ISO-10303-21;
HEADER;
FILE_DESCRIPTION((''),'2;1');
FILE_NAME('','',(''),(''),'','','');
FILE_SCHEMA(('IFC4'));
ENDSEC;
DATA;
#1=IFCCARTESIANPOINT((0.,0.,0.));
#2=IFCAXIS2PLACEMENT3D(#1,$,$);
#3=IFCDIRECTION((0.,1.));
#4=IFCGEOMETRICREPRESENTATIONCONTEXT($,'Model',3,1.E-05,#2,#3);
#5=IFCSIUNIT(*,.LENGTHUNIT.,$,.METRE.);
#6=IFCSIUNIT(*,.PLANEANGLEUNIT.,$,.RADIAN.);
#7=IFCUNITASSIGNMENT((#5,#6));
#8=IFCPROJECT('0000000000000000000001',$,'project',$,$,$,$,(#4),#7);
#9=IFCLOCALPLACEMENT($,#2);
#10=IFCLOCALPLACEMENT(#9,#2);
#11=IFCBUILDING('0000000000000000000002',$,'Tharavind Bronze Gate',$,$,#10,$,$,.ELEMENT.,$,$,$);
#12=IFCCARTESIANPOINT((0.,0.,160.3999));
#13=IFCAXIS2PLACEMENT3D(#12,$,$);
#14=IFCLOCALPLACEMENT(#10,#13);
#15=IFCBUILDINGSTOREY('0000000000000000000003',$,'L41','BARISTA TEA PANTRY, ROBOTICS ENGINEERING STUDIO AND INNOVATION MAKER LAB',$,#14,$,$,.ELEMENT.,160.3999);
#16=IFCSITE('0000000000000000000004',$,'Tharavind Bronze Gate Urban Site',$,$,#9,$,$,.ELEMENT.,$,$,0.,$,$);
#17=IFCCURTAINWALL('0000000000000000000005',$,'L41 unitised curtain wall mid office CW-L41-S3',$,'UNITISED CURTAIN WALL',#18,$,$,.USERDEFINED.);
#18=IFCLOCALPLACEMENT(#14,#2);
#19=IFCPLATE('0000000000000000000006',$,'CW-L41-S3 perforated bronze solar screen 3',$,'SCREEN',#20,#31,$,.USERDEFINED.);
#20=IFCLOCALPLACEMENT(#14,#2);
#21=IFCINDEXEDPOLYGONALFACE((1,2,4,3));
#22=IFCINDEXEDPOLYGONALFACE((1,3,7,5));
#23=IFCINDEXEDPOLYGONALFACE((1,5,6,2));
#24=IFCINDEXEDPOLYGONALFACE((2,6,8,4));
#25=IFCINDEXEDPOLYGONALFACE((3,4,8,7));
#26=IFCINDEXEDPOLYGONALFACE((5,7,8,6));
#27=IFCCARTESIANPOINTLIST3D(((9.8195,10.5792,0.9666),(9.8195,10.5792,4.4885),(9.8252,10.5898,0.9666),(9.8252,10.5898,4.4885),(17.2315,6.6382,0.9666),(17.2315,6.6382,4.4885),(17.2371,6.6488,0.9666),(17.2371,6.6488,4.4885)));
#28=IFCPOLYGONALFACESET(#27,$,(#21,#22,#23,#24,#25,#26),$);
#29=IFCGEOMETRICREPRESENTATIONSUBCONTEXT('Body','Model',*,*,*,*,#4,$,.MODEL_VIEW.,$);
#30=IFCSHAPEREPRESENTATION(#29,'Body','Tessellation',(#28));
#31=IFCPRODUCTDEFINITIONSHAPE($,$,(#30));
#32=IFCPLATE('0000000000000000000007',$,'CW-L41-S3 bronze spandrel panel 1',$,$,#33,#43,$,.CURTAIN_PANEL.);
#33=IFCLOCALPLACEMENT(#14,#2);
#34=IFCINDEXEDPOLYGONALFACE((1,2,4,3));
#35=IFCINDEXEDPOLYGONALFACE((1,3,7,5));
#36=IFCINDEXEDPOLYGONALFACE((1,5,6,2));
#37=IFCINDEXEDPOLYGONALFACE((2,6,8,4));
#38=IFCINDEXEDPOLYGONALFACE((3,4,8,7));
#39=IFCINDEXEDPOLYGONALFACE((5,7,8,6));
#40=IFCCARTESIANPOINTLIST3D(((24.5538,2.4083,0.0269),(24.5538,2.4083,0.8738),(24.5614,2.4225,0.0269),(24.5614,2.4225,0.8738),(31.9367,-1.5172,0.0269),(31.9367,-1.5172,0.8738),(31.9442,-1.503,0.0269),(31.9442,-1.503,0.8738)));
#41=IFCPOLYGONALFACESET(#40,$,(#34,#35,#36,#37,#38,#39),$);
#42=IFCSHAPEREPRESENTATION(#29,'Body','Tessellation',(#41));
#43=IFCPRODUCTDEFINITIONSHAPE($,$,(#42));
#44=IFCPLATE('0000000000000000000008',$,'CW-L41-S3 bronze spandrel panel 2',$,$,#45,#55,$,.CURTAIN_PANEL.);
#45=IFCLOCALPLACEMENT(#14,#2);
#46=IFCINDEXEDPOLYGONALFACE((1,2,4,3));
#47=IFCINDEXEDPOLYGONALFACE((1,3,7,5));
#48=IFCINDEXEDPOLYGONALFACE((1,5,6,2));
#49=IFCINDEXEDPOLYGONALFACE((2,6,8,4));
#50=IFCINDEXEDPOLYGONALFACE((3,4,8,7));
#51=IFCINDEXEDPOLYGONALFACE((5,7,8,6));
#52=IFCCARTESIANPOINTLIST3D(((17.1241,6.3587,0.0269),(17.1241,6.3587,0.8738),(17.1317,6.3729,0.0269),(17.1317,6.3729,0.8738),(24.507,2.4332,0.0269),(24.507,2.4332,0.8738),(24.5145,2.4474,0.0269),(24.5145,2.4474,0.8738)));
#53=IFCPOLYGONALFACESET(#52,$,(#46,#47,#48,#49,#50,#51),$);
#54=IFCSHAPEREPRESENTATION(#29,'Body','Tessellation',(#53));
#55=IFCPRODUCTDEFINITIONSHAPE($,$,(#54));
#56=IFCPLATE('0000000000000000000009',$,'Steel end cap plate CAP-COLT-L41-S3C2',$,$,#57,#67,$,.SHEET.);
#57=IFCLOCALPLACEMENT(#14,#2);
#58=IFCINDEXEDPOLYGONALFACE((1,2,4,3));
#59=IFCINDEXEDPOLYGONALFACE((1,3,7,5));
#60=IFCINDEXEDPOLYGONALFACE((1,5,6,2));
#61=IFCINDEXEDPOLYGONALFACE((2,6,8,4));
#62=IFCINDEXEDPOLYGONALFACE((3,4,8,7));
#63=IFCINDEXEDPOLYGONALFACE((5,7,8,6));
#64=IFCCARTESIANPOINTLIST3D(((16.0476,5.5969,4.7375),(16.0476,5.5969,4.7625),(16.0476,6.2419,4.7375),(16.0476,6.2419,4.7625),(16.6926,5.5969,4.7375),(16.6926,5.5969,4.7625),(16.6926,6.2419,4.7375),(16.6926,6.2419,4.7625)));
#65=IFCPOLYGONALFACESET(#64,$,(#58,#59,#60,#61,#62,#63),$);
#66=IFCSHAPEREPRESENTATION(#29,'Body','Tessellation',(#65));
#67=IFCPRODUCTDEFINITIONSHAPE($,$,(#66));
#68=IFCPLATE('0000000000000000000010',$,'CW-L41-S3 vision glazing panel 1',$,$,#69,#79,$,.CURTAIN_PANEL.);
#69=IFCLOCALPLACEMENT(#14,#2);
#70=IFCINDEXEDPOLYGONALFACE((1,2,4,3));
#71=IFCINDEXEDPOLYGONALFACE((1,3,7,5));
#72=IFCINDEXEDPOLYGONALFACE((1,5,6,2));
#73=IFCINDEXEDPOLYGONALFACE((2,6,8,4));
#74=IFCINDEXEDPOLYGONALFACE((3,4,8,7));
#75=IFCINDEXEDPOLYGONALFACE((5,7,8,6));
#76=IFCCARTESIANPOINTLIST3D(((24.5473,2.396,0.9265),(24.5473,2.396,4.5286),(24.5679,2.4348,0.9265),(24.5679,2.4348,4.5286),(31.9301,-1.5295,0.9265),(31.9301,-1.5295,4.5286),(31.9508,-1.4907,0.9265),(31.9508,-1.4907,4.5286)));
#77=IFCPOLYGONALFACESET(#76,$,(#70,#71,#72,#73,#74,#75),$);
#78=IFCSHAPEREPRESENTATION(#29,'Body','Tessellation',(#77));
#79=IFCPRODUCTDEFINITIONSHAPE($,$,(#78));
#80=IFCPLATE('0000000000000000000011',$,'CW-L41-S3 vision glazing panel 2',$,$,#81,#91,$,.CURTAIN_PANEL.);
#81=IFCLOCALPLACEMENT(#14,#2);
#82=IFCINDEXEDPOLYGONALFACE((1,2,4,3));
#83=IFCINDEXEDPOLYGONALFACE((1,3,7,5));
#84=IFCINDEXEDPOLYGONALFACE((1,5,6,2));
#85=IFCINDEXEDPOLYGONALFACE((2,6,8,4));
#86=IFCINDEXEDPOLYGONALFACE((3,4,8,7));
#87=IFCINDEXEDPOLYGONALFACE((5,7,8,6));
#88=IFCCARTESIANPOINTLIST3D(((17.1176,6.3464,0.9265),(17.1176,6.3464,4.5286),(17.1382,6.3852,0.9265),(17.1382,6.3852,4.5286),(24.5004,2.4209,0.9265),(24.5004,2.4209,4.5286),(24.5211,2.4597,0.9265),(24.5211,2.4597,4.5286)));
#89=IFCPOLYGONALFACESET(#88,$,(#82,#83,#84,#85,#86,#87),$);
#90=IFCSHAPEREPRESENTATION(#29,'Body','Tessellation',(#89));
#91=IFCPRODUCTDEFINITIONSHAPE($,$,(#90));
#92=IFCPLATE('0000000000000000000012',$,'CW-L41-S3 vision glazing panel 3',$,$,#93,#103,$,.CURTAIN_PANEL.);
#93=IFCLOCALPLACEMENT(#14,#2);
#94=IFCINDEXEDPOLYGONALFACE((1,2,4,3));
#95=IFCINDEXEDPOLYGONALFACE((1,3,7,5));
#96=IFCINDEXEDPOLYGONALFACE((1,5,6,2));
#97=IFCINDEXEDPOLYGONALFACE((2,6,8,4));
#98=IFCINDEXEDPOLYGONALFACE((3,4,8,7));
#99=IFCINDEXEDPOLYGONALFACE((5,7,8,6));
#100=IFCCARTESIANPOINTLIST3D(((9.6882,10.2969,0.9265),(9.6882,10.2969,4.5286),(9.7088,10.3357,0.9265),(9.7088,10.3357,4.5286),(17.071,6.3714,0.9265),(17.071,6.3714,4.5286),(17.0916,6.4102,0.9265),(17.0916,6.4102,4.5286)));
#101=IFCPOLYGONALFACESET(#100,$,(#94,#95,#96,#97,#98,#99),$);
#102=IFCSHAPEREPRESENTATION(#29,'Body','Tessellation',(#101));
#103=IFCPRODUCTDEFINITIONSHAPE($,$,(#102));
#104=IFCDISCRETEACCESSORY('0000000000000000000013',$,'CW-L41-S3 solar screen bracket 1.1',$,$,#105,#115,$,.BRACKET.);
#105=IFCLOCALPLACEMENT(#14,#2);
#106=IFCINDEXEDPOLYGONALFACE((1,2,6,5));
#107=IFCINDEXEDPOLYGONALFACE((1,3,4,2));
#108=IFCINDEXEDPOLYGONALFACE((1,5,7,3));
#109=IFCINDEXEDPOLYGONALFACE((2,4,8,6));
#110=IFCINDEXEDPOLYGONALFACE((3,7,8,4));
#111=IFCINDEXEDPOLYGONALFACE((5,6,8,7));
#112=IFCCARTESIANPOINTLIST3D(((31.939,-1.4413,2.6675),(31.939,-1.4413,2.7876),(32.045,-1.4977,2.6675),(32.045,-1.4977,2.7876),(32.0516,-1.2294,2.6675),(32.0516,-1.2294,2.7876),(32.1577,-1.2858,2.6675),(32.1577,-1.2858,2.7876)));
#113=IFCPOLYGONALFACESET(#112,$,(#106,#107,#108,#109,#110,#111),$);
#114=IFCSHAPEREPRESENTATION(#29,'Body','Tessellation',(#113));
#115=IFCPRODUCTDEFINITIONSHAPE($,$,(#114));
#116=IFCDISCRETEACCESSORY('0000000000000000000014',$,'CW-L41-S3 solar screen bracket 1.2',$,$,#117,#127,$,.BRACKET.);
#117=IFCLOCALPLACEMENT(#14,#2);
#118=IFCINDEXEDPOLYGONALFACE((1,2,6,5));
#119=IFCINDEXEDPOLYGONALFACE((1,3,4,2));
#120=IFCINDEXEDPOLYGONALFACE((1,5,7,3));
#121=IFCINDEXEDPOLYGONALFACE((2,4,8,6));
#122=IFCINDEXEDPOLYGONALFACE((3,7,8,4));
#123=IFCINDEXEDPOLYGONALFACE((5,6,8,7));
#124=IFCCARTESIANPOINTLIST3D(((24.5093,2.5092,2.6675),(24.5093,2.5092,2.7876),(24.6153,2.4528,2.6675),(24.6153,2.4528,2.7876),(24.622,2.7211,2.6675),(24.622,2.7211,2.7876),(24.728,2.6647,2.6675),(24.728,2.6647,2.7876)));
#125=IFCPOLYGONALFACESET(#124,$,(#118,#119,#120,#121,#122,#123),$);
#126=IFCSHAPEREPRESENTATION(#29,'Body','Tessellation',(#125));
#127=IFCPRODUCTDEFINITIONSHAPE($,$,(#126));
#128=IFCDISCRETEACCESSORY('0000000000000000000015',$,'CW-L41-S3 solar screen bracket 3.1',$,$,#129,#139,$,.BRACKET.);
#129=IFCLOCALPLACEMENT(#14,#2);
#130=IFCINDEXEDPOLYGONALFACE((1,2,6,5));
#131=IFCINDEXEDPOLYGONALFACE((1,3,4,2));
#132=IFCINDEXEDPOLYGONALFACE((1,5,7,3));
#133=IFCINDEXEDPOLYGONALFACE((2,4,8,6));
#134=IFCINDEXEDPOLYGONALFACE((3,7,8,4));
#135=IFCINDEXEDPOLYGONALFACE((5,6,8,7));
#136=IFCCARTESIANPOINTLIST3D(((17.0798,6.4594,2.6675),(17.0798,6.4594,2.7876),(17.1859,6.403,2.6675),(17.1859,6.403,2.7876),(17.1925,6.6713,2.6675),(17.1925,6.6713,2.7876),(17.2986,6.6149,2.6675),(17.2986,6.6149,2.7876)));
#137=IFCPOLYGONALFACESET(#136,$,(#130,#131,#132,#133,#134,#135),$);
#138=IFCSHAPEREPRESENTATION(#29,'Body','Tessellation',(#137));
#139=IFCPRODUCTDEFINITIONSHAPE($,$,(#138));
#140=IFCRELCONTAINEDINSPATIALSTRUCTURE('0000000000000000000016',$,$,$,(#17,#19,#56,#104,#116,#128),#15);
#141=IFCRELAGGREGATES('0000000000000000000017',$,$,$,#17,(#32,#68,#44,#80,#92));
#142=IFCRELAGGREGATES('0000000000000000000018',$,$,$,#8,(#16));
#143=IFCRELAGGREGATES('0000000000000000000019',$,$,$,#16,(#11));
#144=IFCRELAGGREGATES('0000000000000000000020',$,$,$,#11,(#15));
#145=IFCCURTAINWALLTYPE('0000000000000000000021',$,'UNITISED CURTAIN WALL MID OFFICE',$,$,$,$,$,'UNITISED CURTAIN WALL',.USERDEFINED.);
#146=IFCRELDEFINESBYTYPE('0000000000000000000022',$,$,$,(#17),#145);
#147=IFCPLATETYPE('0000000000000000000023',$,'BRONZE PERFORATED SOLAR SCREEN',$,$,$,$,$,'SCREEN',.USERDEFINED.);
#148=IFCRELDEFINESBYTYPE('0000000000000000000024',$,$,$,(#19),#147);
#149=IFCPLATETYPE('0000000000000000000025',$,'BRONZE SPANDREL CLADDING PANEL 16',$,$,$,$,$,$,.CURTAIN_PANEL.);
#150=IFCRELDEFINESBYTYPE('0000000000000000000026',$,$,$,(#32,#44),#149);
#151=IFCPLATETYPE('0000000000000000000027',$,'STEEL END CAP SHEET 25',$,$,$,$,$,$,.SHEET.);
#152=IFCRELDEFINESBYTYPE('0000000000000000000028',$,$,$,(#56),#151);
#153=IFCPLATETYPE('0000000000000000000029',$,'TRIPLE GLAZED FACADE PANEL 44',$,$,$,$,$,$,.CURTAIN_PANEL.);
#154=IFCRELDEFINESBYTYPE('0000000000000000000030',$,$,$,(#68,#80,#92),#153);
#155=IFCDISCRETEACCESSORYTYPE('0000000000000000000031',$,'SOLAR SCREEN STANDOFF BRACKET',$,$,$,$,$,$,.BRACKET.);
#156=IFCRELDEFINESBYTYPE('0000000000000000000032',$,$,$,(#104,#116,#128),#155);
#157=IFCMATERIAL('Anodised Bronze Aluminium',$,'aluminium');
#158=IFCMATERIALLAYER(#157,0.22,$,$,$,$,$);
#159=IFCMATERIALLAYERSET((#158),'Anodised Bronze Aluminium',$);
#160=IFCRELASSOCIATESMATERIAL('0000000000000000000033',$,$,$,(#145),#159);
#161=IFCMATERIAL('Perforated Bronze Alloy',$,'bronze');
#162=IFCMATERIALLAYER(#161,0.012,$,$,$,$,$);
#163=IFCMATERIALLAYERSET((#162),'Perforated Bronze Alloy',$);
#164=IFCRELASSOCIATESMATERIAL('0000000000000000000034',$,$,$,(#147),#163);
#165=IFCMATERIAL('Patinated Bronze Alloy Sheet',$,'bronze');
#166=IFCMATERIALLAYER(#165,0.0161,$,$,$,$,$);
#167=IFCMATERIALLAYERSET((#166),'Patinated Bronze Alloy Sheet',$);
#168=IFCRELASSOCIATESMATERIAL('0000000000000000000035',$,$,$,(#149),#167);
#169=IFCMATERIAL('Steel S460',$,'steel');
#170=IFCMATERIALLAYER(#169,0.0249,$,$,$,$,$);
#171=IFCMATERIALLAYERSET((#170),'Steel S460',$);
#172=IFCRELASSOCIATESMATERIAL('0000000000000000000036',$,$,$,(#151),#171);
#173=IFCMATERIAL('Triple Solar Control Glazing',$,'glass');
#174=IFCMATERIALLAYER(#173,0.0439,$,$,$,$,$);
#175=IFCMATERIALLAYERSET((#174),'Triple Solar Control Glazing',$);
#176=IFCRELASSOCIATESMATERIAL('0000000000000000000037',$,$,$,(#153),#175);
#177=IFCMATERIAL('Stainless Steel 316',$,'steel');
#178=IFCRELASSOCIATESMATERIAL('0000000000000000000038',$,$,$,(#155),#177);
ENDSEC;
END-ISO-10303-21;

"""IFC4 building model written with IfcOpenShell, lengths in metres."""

from ifc_helpers import new_model, si_unit, direction, frame, origin, origin_2d, place, context, subcontext, project, spatial, rectangle, extrude, material, layer, layer_set, type_object, element, aggregate, save


model = new_model("IFC4")

# Units and contexts
model_context = context("Model", 3, precision=1e-05, world=origin(), true_north=direction((0.0, 1.0)))
body_context = subcontext(model_context, "Body", "Model", "MODEL_VIEW")
ifc_project = project(units=[si_unit("LENGTHUNIT", "METRE"), si_unit("PLANEANGLEUNIT", "RADIAN")], contexts=[model_context])

# Site, building, storey
site_placement = place(None, origin())
site = spatial("IfcSite", under=ifc_project, at=site_placement, Name="Tharavind Bronze Gate Urban Site", CompositionType="ELEMENT", RefElevation=0.0)
building_placement = place(site_placement, origin())
building = spatial("IfcBuilding", under=site, at=building_placement, Name="Tharavind Bronze Gate", CompositionType="ELEMENT")
storey_placement = place(building_placement, frame((0.0, 0.0, 160.3999)))
storey = spatial("IfcBuildingStorey", under=building, at=storey_placement, Name="L41", Description="BARISTA TEA PANTRY, ROBOTICS ENGINEERING STUDIO AND INNOVATION MAKER LAB", CompositionType="ELEMENT", Elevation=160.3999)

# Shared definitions
ifc_material_1 = material(Name="Steel S460", Category="steel")

# Curtain wall
ifc_material_2 = material(Name="Anodised Bronze Aluminium", Category="aluminium")
ifc_layer_1 = layer(ifc_material_2, 0.22)
ifc_layer_set_1 = layer_set([ifc_layer_1], Name="Anodised Bronze Aluminium")
curtain_wall_type = type_object("IfcCurtainWallType", Name="UNITISED CURTAIN WALL MID OFFICE", ElementType="UNITISED CURTAIN WALL", PredefinedType="USERDEFINED", material=ifc_layer_set_1)
curtain_wall_placement = place(storey_placement, origin())
curtain_wall = element("IfcCurtainWall", 1, at=curtain_wall_placement, inside=storey, type_object=curtain_wall_type, Name="L41 unitised curtain wall mid office CW-L41-S3", ObjectType="UNITISED CURTAIN WALL", PredefinedType="USERDEFINED")

# Plate
ifc_material_3 = material(Name="Perforated Bronze Alloy", Category="bronze")
ifc_layer_2 = layer(ifc_material_3, 0.012)
ifc_layer_set_2 = layer_set([ifc_layer_2], Name="Perforated Bronze Alloy")
plate_type_1 = type_object("IfcPlateType", Name="BRONZE PERFORATED SOLAR SCREEN", ElementType="SCREEN", PredefinedType="USERDEFINED", material=ifc_layer_set_2)
for number, where, z_axis, x_axis, name in (
    (2, (13.5283, 8.614, 0.9666), (0.0, 0.0, 1.0), (-0.882948, 0.469472, 0.0), "CW-L41-S3 perforated bronze solar screen 3"),
):
    element("IfcPlate", number, at=place(storey_placement, frame(where, z_axis=z_axis, x_axis=x_axis)), inside=storey, type_object=plate_type_1, Name=name, ObjectType="SCREEN", PredefinedType="USERDEFINED", context=body_context, shape_type="SweptSolid", body=[
        extrude(rectangle(XDim=8.3945, YDim=0.012, at=origin_2d()), origin(), (0.0, 0.0, 1.0), 3.522),
    ])

# Plates
ifc_material_4 = material(Name="Patinated Bronze Alloy Sheet", Category="bronze")
ifc_layer_3 = layer(ifc_material_4, 0.0161)
ifc_layer_set_3 = layer_set([ifc_layer_3], Name="Patinated Bronze Alloy Sheet")
plate_type_2 = type_object("IfcPlateType", Name="BRONZE SPANDREL CLADDING PANEL 16", PredefinedType="CURTAIN_PANEL", material=ifc_layer_set_3)
plate_1_placement = place(storey_placement, frame((28.249, 0.4526, 0.0269), z_axis=(0.0, 0.0, 1.0), x_axis=(-0.882948, 0.469472, 0.0)))
plate_1 = element("IfcPlate", 3, at=plate_1_placement, type_object=plate_type_2, Name="CW-L41-S3 bronze spandrel panel 1", PredefinedType="CURTAIN_PANEL", context=body_context, shape_type="SweptSolid", body=[
    extrude(rectangle(XDim=8.3616, YDim=0.0161, at=origin_2d()), origin(), (0.0, 0.0, 1.0), 0.8469),
])
plate_2_placement = place(storey_placement, frame((20.8193, 4.4031, 0.0269), z_axis=(0.0, 0.0, 1.0), x_axis=(-0.882948, 0.469472, 0.0)))
plate_2 = element("IfcPlate", 4, at=plate_2_placement, type_object=plate_type_2, Name="CW-L41-S3 bronze spandrel panel 2", PredefinedType="CURTAIN_PANEL", context=body_context, shape_type="SweptSolid", body=[
    extrude(rectangle(XDim=8.3616, YDim=0.0161, at=origin_2d()), origin(), (0.0, 0.0, 1.0), 0.8469),
])
ifc_layer_4 = layer(ifc_material_1, 0.0249)
ifc_layer_set_4 = layer_set([ifc_layer_4], Name="Steel S460")
plate_type_3 = type_object("IfcPlateType", Name="STEEL END CAP SHEET 25", PredefinedType="SHEET", material=ifc_layer_set_4)
plate_3_placement = place(storey_placement, frame((16.3701, 5.9194, 4.7375), z_axis=(0.0, 0.0, 1.0), x_axis=(1.0, 0.0, 0.0)))
element("IfcPlate", 5, at=plate_3_placement, inside=storey, type_object=plate_type_3, Name="Steel end cap plate CAP-COLT-L41-S3C2", PredefinedType="SHEET", context=body_context, shape_type="SweptSolid", body=[
    extrude(rectangle(XDim=0.645, YDim=0.645, at=origin_2d()), origin(), (0.0, 0.0, 1.0), 0.0249),
])
ifc_material_5 = material(Name="Triple Solar Control Glazing", Category="glass")
ifc_layer_5 = layer(ifc_material_5, 0.0439)
ifc_layer_set_5 = layer_set([ifc_layer_5], Name="Triple Solar Control Glazing")
plate_type_4 = type_object("IfcPlateType", Name="TRIPLE GLAZED FACADE PANEL 44", PredefinedType="CURTAIN_PANEL", material=ifc_layer_set_5)
plate_4_placement = place(storey_placement, frame((28.249, 0.4526, 0.9265), z_axis=(0.0, 0.0, 1.0), x_axis=(-0.882948, 0.469472, 0.0)))
plate_4 = element("IfcPlate", 6, at=plate_4_placement, type_object=plate_type_4, Name="CW-L41-S3 vision glazing panel 1", PredefinedType="CURTAIN_PANEL", context=body_context, shape_type="SweptSolid", body=[
    extrude(rectangle(XDim=8.3616, YDim=0.0439, at=origin_2d()), origin(), (0.0, 0.0, 1.0), 3.6021),
])
plate_5_placement = place(storey_placement, frame((20.8193, 4.4031, 0.9265), z_axis=(0.0, 0.0, 1.0), x_axis=(-0.882948, 0.469472, 0.0)))
plate_5 = element("IfcPlate", 7, at=plate_5_placement, type_object=plate_type_4, Name="CW-L41-S3 vision glazing panel 2", PredefinedType="CURTAIN_PANEL", context=body_context, shape_type="SweptSolid", body=[
    extrude(rectangle(XDim=8.3616, YDim=0.0439, at=origin_2d()), origin(), (0.0, 0.0, 1.0), 3.6021),
])
plate_6_placement = place(storey_placement, frame((13.3899, 8.3535, 0.9265), z_axis=(0.0, 0.0, 1.0), x_axis=(-0.882948, 0.469472, 0.0)))
plate_6 = element("IfcPlate", 8, at=plate_6_placement, type_object=plate_type_4, Name="CW-L41-S3 vision glazing panel 3", PredefinedType="CURTAIN_PANEL", context=body_context, shape_type="SweptSolid", body=[
    extrude(rectangle(XDim=8.3616, YDim=0.0439, at=origin_2d()), origin(), (0.0, 0.0, 1.0), 3.6021),
])
aggregate(curtain_wall, [plate_1, plate_4, plate_2, plate_5, plate_6])

# Discrete accessories
ifc_material_6 = material(Name="Stainless Steel 316", Category="steel")
discrete_accessory_type = type_object("IfcDiscreteAccessoryType", Name="SOLAR SCREEN STANDOFF BRACKET", PredefinedType="BRACKET", material=ifc_material_6)
for number, where, z_axis, x_axis, name in (
    (9, (32.0483, -1.3635, 2.6675), (0.0, 0.0, 1.0), (-0.882948, 0.469472, 0.0), "CW-L41-S3 solar screen bracket 1.1"),
    (10, (24.6187, 2.5869, 2.6675), (0.0, 0.0, 1.0), (-0.882948, 0.469472, 0.0), "CW-L41-S3 solar screen bracket 1.2"),
    (11, (17.1892, 6.5371, 2.6675), (0.0, 0.0, 1.0), (-0.882948, 0.469472, 0.0), "CW-L41-S3 solar screen bracket 3.1"),
):
    element("IfcDiscreteAccessory", number, at=place(storey_placement, frame(where, z_axis=z_axis, x_axis=x_axis)), inside=storey, type_object=discrete_accessory_type, Name=name, PredefinedType="BRACKET", context=body_context, shape_type="SweptSolid", body=[
        extrude(rectangle(XDim=0.1201, YDim=0.24, at=origin_2d()), origin(), (0.0, 0.0, 1.0), 0.1201),
    ])

save(model, "model.ifc")
